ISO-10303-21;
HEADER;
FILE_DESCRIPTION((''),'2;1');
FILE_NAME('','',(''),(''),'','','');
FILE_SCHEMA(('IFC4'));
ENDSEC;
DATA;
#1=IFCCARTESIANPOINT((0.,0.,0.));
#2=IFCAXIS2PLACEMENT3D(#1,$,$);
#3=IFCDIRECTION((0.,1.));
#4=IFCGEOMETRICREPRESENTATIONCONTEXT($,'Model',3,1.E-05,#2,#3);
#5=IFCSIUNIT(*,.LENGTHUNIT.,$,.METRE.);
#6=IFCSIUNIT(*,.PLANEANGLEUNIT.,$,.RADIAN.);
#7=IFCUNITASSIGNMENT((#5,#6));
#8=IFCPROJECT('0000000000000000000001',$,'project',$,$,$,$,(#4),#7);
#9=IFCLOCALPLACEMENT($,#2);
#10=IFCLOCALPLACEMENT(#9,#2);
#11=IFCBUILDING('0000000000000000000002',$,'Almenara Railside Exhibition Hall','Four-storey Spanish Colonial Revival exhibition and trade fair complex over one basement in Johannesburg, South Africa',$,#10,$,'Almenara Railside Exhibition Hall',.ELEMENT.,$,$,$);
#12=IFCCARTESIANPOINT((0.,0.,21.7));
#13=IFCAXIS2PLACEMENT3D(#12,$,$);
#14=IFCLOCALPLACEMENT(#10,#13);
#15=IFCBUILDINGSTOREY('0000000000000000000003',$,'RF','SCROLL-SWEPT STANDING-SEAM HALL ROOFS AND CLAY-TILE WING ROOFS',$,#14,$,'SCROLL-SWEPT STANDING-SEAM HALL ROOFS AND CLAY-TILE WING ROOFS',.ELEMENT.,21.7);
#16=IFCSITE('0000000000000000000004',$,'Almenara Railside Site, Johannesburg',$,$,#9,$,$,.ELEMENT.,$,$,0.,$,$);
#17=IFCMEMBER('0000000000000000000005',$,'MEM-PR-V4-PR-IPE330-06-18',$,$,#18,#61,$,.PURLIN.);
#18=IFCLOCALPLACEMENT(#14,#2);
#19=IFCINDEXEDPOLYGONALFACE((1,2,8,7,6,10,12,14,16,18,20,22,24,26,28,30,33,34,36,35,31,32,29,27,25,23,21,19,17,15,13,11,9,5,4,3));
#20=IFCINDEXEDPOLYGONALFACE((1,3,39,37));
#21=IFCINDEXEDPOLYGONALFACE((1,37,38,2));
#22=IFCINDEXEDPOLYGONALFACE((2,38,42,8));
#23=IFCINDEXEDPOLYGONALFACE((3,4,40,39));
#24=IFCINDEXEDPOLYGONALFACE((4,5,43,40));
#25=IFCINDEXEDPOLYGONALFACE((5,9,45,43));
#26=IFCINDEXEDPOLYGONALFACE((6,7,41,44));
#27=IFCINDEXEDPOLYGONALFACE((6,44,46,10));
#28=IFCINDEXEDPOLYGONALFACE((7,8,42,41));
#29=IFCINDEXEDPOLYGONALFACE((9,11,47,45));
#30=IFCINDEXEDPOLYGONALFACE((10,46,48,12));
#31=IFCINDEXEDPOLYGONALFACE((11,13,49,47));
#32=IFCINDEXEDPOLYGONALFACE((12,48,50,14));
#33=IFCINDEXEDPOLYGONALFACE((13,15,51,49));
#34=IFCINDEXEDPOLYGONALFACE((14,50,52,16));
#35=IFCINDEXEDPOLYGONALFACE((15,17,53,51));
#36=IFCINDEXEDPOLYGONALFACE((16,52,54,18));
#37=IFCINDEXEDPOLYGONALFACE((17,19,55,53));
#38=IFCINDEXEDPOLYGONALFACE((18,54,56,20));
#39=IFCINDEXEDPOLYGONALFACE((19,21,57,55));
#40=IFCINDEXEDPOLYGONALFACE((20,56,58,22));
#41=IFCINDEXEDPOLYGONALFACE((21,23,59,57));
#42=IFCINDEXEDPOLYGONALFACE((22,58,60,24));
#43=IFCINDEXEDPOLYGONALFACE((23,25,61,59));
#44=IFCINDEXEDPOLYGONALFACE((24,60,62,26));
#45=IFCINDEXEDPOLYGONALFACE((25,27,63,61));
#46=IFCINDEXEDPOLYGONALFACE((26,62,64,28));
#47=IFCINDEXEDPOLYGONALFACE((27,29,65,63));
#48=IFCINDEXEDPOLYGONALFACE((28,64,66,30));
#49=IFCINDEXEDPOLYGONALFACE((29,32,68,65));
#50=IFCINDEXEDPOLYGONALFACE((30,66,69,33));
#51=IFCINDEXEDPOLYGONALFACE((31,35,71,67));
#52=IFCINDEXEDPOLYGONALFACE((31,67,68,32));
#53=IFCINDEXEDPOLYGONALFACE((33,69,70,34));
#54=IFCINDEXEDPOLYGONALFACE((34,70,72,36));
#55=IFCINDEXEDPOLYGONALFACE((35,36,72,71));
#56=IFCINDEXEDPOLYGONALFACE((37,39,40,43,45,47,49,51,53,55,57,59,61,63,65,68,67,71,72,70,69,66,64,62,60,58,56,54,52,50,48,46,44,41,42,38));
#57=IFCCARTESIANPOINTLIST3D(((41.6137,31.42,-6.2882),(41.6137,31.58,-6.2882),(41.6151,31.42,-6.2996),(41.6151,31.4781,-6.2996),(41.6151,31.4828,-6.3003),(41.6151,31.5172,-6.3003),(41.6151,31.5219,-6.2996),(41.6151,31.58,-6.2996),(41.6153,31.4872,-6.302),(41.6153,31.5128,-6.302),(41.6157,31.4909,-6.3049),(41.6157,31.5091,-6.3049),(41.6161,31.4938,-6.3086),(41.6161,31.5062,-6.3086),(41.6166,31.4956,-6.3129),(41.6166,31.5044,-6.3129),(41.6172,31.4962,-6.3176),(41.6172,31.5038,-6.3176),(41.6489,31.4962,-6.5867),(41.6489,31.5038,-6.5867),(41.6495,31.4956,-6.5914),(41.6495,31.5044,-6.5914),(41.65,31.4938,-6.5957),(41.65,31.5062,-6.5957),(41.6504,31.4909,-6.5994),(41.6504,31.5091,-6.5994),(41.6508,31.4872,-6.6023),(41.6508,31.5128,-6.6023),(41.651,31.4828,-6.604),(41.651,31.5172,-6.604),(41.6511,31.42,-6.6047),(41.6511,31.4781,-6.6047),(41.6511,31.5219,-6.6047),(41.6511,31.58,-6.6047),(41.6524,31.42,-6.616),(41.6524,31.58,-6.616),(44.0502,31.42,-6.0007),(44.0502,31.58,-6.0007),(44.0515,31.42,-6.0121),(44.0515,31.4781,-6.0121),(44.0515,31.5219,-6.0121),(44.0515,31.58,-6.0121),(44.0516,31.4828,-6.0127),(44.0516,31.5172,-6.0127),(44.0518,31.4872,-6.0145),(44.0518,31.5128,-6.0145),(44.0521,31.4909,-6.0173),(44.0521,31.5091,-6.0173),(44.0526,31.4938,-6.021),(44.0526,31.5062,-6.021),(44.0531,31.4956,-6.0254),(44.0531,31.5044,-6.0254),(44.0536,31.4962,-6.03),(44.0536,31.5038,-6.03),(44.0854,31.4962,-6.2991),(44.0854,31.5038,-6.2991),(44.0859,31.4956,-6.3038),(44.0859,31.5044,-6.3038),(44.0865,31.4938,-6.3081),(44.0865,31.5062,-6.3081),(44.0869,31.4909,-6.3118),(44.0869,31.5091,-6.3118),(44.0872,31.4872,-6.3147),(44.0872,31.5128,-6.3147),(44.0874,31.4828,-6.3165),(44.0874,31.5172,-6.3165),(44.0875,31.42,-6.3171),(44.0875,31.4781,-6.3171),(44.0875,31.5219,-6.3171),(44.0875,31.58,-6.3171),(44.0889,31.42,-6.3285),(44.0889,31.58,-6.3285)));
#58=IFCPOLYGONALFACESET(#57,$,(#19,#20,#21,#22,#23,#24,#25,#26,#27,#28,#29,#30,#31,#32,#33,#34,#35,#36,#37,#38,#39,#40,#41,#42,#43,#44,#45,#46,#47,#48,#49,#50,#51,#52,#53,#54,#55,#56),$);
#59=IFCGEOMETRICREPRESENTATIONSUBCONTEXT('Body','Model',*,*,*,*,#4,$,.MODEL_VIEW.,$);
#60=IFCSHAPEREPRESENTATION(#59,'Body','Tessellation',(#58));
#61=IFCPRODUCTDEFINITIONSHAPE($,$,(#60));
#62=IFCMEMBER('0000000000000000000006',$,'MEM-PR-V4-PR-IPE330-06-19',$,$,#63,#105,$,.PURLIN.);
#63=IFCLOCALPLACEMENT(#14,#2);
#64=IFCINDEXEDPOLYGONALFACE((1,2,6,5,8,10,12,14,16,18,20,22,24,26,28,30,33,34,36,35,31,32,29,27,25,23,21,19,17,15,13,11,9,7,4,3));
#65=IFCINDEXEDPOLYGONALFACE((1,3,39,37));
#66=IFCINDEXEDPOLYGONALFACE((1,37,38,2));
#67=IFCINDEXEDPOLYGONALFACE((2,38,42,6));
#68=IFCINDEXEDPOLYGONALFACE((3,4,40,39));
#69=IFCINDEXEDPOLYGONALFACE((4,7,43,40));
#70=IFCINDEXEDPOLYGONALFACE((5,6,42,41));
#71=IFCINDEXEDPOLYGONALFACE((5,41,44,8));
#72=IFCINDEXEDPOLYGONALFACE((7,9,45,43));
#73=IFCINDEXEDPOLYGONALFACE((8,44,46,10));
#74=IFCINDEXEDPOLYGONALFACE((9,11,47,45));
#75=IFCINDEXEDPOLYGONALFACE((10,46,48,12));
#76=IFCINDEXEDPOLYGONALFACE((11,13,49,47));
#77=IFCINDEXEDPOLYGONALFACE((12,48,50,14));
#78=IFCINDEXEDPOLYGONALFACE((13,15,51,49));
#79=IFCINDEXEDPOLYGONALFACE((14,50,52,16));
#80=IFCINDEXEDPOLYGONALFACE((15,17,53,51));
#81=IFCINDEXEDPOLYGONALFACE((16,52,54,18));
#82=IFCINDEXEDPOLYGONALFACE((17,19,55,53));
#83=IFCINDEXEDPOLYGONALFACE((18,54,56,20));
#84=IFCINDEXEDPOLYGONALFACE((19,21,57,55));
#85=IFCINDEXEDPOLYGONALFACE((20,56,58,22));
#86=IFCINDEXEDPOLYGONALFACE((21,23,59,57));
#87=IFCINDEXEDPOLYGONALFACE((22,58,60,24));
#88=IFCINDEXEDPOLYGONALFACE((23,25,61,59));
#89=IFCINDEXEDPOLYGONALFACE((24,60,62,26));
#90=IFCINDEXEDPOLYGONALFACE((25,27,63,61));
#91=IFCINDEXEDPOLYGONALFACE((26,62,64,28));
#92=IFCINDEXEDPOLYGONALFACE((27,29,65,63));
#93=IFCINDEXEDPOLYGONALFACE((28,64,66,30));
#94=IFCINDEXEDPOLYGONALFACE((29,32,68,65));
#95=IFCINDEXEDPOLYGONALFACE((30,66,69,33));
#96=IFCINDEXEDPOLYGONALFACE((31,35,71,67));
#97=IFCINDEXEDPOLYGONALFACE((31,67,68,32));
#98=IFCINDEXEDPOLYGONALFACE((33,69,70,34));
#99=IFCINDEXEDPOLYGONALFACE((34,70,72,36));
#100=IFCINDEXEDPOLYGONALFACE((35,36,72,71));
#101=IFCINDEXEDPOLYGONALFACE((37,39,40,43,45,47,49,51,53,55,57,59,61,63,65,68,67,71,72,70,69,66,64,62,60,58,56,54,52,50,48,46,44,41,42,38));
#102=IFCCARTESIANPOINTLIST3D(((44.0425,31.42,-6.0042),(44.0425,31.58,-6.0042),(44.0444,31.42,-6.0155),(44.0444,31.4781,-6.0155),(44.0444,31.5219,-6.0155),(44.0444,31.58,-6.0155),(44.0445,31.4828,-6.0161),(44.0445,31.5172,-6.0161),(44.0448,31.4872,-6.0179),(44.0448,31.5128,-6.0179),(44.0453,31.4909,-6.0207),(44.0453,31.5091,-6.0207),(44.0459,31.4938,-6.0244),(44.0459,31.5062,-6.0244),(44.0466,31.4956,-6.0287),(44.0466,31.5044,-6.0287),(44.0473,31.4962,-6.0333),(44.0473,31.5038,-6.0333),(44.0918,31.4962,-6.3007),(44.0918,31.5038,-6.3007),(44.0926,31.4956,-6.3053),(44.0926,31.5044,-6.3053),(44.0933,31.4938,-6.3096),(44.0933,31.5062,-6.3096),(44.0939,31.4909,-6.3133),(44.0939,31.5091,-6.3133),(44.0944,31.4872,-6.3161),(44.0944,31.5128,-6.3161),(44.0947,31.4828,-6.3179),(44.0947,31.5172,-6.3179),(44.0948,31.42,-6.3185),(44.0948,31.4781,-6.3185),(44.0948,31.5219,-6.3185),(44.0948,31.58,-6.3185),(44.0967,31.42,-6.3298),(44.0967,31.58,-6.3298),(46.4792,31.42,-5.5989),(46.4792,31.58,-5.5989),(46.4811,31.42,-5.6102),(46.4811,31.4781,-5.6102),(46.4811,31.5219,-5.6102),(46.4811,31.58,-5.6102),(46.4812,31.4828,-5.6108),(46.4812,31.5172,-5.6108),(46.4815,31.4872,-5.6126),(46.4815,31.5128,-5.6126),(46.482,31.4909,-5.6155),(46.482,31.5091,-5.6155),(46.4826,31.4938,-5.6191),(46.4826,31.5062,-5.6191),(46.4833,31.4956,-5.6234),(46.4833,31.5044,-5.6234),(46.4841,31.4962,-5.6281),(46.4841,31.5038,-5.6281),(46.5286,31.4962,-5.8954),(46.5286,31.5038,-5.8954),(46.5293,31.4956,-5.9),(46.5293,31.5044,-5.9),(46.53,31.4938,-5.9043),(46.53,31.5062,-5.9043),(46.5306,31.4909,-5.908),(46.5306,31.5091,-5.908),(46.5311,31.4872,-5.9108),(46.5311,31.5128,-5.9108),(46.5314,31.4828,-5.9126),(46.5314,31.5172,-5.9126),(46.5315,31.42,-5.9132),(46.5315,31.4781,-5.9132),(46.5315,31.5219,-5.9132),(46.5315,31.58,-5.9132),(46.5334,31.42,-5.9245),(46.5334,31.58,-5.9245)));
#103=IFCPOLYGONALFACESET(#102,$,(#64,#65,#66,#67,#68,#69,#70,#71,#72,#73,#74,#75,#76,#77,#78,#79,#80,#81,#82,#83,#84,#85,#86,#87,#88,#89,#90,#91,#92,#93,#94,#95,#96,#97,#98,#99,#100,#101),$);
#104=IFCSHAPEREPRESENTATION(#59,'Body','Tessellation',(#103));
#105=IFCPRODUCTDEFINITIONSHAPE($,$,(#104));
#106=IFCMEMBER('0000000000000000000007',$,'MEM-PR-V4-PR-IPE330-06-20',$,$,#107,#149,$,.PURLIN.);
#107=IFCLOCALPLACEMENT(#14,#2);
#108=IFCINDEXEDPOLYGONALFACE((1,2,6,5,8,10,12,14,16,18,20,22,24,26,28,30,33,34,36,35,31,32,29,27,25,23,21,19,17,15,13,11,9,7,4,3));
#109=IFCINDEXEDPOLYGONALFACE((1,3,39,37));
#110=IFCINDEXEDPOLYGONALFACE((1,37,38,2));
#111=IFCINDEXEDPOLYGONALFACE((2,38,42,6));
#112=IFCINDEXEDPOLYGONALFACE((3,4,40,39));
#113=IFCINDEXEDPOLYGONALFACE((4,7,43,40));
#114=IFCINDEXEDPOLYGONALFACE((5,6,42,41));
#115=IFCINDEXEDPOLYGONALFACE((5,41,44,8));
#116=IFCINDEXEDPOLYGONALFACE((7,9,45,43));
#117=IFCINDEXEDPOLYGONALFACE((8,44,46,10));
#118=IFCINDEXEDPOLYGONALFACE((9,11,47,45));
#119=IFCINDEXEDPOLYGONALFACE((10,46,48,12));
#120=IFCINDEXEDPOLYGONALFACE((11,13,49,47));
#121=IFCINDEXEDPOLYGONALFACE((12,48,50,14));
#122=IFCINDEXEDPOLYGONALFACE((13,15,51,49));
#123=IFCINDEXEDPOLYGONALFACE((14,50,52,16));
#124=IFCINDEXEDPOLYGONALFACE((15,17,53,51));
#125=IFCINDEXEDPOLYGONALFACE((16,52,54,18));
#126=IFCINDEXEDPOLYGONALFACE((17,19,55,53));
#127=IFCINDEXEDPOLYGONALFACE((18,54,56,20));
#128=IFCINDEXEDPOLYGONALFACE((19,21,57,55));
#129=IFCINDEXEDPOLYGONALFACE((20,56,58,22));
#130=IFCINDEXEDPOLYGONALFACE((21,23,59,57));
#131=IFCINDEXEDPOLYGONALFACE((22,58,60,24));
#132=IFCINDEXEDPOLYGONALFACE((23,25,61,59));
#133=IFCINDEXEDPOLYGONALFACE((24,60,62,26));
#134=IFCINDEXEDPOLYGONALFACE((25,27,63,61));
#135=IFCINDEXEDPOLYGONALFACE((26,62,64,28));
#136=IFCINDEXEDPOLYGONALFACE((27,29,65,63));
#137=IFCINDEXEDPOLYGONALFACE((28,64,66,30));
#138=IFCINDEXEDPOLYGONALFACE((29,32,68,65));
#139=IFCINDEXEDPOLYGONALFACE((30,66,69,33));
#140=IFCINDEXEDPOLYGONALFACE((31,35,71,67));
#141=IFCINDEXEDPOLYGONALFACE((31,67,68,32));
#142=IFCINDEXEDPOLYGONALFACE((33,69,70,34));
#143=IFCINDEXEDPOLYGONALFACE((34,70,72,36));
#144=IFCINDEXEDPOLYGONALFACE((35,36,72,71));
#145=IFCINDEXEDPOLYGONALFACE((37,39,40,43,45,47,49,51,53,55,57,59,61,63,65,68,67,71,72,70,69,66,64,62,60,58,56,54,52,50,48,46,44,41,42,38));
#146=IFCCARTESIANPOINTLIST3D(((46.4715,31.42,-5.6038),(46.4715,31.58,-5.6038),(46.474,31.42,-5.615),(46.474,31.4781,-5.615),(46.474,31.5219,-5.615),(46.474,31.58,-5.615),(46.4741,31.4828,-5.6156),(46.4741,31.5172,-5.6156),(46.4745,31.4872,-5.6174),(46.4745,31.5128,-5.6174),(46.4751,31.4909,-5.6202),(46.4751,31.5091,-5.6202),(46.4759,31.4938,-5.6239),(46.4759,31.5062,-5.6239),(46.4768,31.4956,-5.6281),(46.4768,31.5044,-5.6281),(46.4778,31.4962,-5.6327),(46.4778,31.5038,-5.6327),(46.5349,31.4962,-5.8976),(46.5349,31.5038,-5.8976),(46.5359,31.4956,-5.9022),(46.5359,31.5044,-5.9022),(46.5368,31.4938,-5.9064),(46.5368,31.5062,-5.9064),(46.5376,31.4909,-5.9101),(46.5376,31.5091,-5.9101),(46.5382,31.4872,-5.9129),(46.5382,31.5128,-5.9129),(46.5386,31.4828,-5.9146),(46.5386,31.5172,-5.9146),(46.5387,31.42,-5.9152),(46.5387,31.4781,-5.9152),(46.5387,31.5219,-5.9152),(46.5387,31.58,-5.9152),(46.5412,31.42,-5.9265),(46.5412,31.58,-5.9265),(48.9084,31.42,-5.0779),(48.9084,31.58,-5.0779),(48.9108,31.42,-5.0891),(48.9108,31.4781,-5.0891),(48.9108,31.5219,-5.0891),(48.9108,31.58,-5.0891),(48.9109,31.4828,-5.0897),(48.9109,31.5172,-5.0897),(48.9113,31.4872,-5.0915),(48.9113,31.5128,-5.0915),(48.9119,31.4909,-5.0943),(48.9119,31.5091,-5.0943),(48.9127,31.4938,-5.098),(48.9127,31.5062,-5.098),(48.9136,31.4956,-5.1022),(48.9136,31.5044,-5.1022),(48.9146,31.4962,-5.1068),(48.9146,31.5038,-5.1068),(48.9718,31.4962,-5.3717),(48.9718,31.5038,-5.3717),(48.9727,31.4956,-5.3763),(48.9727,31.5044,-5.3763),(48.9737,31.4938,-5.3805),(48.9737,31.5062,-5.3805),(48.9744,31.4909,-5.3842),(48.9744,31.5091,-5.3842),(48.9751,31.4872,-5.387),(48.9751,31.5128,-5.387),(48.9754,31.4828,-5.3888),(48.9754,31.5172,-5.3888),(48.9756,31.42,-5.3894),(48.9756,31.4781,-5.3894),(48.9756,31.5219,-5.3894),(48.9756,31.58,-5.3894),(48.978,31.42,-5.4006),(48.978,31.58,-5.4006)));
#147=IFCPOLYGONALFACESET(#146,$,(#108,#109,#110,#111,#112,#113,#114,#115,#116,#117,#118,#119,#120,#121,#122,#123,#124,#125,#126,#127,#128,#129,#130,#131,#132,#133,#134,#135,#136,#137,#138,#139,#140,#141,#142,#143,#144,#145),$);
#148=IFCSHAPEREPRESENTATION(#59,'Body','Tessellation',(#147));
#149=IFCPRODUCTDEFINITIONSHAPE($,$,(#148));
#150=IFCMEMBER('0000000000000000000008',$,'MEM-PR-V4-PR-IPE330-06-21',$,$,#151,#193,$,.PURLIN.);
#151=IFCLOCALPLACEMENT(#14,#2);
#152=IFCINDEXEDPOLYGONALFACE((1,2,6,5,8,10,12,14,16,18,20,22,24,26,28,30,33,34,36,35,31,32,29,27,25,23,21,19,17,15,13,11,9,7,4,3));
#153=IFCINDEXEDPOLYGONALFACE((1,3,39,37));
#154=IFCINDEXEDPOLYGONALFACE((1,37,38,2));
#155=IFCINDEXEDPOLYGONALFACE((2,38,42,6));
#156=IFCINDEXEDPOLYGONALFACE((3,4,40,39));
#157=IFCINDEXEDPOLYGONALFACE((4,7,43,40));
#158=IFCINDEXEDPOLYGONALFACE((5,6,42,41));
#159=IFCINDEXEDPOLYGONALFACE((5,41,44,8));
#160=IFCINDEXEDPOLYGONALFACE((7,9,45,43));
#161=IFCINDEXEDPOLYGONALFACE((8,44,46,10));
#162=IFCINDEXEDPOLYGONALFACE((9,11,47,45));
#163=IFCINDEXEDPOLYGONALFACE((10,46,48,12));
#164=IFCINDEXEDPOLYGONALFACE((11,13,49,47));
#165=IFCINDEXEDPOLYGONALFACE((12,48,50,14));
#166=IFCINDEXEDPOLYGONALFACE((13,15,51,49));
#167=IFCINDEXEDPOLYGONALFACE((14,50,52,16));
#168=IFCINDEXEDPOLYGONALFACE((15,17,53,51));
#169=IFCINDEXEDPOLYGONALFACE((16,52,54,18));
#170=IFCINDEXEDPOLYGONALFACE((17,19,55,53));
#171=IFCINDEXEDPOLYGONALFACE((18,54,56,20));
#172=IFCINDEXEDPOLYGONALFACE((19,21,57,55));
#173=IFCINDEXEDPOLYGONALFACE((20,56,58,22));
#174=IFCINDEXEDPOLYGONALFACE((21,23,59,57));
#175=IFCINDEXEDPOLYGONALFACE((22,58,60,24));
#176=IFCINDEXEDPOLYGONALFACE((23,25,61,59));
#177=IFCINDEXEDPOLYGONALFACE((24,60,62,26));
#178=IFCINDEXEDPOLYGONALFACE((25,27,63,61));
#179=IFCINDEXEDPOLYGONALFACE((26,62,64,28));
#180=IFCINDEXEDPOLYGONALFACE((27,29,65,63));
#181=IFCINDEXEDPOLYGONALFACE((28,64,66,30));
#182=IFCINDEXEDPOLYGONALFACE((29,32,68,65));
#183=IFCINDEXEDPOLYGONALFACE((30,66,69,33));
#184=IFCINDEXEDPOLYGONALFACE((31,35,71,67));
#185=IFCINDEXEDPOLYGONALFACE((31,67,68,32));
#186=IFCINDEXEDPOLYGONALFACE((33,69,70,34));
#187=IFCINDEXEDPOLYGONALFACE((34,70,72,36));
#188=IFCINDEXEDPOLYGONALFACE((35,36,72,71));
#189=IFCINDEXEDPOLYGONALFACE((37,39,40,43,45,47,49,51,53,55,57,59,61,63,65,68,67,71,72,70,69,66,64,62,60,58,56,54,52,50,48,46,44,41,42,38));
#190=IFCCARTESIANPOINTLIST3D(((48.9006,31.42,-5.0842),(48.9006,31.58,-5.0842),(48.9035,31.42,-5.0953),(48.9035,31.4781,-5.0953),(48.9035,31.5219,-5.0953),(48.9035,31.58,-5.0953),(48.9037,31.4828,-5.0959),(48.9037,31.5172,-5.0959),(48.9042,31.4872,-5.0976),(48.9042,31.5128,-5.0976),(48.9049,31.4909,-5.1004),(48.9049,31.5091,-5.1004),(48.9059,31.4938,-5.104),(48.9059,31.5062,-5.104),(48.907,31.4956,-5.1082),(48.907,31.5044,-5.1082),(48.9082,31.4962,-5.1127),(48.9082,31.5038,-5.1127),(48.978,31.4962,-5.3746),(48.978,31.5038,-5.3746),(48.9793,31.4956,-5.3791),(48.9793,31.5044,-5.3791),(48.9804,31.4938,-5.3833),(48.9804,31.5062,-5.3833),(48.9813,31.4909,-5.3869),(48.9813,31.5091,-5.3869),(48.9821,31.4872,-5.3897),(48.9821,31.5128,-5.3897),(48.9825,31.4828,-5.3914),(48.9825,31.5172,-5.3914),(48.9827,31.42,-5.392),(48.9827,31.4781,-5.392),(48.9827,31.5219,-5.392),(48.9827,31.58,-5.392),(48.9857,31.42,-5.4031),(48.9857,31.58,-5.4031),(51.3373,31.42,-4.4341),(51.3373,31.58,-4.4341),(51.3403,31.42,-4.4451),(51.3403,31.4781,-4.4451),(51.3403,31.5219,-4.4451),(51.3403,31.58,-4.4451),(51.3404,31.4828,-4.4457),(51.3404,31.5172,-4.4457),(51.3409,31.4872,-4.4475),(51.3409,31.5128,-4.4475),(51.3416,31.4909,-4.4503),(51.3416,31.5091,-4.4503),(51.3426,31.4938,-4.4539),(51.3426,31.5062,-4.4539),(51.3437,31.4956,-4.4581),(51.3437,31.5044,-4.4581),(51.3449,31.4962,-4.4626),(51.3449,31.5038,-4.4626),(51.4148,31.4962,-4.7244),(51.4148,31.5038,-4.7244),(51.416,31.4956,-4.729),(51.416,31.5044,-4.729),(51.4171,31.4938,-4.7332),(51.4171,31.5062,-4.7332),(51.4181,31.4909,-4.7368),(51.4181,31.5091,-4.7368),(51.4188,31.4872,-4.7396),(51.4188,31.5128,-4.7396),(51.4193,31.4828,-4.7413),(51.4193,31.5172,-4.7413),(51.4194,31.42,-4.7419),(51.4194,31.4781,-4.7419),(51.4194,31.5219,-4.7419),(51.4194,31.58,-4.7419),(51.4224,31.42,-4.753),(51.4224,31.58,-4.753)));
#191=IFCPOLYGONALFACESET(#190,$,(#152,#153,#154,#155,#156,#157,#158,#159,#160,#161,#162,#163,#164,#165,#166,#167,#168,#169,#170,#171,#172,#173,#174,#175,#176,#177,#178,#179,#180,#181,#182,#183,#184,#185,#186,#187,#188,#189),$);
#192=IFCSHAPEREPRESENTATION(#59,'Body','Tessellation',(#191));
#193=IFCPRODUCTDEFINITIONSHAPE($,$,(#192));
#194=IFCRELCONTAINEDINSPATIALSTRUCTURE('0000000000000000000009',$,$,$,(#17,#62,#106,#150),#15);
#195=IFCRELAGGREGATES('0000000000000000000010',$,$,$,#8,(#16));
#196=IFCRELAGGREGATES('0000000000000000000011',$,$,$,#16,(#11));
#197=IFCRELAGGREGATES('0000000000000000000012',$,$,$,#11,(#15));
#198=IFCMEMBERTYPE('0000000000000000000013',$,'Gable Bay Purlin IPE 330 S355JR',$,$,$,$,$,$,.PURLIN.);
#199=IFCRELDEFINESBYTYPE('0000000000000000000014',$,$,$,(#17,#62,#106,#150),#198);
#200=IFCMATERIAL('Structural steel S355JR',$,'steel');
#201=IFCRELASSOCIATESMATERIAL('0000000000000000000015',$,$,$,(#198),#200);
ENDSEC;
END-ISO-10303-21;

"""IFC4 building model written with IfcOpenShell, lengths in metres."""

from ifc_helpers import new_model, si_unit, direction, frame, origin, origin_2d, place, context, subcontext, project, spatial, i_section, extrude, material, material_profile, profile_set, type_object, element, save


model = new_model("IFC4")

# Units and contexts
model_context = context("Model", 3, precision=1e-05, world=origin(), true_north=direction((0.0, 1.0)))
body_context = subcontext(model_context, "Body", "Model", "MODEL_VIEW")
ifc_project = project(units=[si_unit("LENGTHUNIT", "METRE"), si_unit("PLANEANGLEUNIT", "RADIAN")], contexts=[model_context])

# Site, building, storey
site_placement = place(None, origin())
site = spatial("IfcSite", under=ifc_project, at=site_placement, Name="Almenara Railside Site, Johannesburg", CompositionType="ELEMENT", RefElevation=0.0)
building_placement = place(site_placement, origin())
building = spatial("IfcBuilding", under=site, at=building_placement, Name="Almenara Railside Exhibition Hall", Description="Four-storey Spanish Colonial Revival exhibition and trade fair complex over one basement in Johannesburg, South Africa", LongName="Almenara Railside Exhibition Hall", CompositionType="ELEMENT")
storey_placement = place(building_placement, frame((0.0, 0.0, 21.7)))
storey = spatial("IfcBuildingStorey", under=building, at=storey_placement, Name="RF", Description="SCROLL-SWEPT STANDING-SEAM HALL ROOFS AND CLAY-TILE WING ROOFS", LongName="SCROLL-SWEPT STANDING-SEAM HALL ROOFS AND CLAY-TILE WING ROOFS", CompositionType="ELEMENT", Elevation=21.7)

# Members
ifc_material_1 = material(Name="Structural steel S355JR", Category="steel")
ifc_material_profile_1 = material_profile(ifc_material_1, i_section(OverallWidth=0.1599, OverallDepth=0.3301, WebThickness=0.0076, FlangeThickness=0.0115, FilletRadius=0.0181, at=origin_2d()), Name="IPE 330")
ifc_profile_set_1 = profile_set([ifc_material_profile_1], Name="Structural steel S355JR")
member_type_1 = type_object("IfcMemberType", Name="Gable Bay Purlin IPE 330 S355JR", PredefinedType="PURLIN", material=ifc_profile_set_1)
member_1_placement = place(storey_placement, frame((41.6331, 31.5, -6.4521), z_axis=(0.993106, 0.0, 0.117222), x_axis=(0.0, 1.0, 0.0)))
element("IfcMember", 1, at=member_1_placement, inside=storey, type_object=member_type_1, Name="MEM-PR-V4-PR-IPE330-06-18", PredefinedType="PURLIN", context=body_context, shape_type="SweptSolid", body=[
    extrude(i_section(OverallWidth=0.1599, OverallDepth=0.3301, WebThickness=0.0076, FlangeThickness=0.0115, FilletRadius=0.0181, at=origin_2d()), origin(), (0.0, 0.0, 1.0), 2.4534),
])
member_2_placement = place(storey_placement, frame((44.0696, 31.5, -6.167), z_axis=(0.98645, 0.0, 0.164062), x_axis=(0.0, 1.0, 0.0)))
element("IfcMember", 2, at=member_2_placement, inside=storey, type_object=member_type_1, Name="MEM-PR-V4-PR-IPE330-06-19", PredefinedType="PURLIN", context=body_context, shape_type="SweptSolid", body=[
    extrude(i_section(OverallWidth=0.1599, OverallDepth=0.3301, WebThickness=0.0076, FlangeThickness=0.0115, FilletRadius=0.0181, at=origin_2d()), origin(), (0.0, 0.0, 1.0), 2.4702),
])
member_3_placement = place(storey_placement, frame((46.5063, 31.5, -5.7651), z_axis=(0.977496, 0.0, 0.210953), x_axis=(0.0, 1.0, 0.0)))
element("IfcMember", 3, at=member_3_placement, inside=storey, type_object=member_type_1, Name="MEM-PR-V4-PR-IPE330-06-20", PredefinedType="PURLIN", context=body_context, shape_type="SweptSolid", body=[
    extrude(i_section(OverallWidth=0.1599, OverallDepth=0.3301, WebThickness=0.0076, FlangeThickness=0.0115, FilletRadius=0.0181, at=origin_2d()), origin(), (0.0, 0.0, 1.0), 2.4929),
])
member_4_placement = place(storey_placement, frame((48.9431, 31.5, -5.2437), z_axis=(0.966201, 0.0, 0.257789), x_axis=(0.0, 1.0, 0.0)))
element("IfcMember", 4, at=member_4_placement, inside=storey, type_object=member_type_1, Name="MEM-PR-V4-PR-IPE330-06-21", PredefinedType="PURLIN", context=body_context, shape_type="SweptSolid", body=[
    extrude(i_section(OverallWidth=0.1599, OverallDepth=0.3301, WebThickness=0.0076, FlangeThickness=0.0115, FilletRadius=0.0181, at=origin_2d()), origin(), (0.0, 0.0, 1.0), 2.522),
])

save(model, "model.ifc")
